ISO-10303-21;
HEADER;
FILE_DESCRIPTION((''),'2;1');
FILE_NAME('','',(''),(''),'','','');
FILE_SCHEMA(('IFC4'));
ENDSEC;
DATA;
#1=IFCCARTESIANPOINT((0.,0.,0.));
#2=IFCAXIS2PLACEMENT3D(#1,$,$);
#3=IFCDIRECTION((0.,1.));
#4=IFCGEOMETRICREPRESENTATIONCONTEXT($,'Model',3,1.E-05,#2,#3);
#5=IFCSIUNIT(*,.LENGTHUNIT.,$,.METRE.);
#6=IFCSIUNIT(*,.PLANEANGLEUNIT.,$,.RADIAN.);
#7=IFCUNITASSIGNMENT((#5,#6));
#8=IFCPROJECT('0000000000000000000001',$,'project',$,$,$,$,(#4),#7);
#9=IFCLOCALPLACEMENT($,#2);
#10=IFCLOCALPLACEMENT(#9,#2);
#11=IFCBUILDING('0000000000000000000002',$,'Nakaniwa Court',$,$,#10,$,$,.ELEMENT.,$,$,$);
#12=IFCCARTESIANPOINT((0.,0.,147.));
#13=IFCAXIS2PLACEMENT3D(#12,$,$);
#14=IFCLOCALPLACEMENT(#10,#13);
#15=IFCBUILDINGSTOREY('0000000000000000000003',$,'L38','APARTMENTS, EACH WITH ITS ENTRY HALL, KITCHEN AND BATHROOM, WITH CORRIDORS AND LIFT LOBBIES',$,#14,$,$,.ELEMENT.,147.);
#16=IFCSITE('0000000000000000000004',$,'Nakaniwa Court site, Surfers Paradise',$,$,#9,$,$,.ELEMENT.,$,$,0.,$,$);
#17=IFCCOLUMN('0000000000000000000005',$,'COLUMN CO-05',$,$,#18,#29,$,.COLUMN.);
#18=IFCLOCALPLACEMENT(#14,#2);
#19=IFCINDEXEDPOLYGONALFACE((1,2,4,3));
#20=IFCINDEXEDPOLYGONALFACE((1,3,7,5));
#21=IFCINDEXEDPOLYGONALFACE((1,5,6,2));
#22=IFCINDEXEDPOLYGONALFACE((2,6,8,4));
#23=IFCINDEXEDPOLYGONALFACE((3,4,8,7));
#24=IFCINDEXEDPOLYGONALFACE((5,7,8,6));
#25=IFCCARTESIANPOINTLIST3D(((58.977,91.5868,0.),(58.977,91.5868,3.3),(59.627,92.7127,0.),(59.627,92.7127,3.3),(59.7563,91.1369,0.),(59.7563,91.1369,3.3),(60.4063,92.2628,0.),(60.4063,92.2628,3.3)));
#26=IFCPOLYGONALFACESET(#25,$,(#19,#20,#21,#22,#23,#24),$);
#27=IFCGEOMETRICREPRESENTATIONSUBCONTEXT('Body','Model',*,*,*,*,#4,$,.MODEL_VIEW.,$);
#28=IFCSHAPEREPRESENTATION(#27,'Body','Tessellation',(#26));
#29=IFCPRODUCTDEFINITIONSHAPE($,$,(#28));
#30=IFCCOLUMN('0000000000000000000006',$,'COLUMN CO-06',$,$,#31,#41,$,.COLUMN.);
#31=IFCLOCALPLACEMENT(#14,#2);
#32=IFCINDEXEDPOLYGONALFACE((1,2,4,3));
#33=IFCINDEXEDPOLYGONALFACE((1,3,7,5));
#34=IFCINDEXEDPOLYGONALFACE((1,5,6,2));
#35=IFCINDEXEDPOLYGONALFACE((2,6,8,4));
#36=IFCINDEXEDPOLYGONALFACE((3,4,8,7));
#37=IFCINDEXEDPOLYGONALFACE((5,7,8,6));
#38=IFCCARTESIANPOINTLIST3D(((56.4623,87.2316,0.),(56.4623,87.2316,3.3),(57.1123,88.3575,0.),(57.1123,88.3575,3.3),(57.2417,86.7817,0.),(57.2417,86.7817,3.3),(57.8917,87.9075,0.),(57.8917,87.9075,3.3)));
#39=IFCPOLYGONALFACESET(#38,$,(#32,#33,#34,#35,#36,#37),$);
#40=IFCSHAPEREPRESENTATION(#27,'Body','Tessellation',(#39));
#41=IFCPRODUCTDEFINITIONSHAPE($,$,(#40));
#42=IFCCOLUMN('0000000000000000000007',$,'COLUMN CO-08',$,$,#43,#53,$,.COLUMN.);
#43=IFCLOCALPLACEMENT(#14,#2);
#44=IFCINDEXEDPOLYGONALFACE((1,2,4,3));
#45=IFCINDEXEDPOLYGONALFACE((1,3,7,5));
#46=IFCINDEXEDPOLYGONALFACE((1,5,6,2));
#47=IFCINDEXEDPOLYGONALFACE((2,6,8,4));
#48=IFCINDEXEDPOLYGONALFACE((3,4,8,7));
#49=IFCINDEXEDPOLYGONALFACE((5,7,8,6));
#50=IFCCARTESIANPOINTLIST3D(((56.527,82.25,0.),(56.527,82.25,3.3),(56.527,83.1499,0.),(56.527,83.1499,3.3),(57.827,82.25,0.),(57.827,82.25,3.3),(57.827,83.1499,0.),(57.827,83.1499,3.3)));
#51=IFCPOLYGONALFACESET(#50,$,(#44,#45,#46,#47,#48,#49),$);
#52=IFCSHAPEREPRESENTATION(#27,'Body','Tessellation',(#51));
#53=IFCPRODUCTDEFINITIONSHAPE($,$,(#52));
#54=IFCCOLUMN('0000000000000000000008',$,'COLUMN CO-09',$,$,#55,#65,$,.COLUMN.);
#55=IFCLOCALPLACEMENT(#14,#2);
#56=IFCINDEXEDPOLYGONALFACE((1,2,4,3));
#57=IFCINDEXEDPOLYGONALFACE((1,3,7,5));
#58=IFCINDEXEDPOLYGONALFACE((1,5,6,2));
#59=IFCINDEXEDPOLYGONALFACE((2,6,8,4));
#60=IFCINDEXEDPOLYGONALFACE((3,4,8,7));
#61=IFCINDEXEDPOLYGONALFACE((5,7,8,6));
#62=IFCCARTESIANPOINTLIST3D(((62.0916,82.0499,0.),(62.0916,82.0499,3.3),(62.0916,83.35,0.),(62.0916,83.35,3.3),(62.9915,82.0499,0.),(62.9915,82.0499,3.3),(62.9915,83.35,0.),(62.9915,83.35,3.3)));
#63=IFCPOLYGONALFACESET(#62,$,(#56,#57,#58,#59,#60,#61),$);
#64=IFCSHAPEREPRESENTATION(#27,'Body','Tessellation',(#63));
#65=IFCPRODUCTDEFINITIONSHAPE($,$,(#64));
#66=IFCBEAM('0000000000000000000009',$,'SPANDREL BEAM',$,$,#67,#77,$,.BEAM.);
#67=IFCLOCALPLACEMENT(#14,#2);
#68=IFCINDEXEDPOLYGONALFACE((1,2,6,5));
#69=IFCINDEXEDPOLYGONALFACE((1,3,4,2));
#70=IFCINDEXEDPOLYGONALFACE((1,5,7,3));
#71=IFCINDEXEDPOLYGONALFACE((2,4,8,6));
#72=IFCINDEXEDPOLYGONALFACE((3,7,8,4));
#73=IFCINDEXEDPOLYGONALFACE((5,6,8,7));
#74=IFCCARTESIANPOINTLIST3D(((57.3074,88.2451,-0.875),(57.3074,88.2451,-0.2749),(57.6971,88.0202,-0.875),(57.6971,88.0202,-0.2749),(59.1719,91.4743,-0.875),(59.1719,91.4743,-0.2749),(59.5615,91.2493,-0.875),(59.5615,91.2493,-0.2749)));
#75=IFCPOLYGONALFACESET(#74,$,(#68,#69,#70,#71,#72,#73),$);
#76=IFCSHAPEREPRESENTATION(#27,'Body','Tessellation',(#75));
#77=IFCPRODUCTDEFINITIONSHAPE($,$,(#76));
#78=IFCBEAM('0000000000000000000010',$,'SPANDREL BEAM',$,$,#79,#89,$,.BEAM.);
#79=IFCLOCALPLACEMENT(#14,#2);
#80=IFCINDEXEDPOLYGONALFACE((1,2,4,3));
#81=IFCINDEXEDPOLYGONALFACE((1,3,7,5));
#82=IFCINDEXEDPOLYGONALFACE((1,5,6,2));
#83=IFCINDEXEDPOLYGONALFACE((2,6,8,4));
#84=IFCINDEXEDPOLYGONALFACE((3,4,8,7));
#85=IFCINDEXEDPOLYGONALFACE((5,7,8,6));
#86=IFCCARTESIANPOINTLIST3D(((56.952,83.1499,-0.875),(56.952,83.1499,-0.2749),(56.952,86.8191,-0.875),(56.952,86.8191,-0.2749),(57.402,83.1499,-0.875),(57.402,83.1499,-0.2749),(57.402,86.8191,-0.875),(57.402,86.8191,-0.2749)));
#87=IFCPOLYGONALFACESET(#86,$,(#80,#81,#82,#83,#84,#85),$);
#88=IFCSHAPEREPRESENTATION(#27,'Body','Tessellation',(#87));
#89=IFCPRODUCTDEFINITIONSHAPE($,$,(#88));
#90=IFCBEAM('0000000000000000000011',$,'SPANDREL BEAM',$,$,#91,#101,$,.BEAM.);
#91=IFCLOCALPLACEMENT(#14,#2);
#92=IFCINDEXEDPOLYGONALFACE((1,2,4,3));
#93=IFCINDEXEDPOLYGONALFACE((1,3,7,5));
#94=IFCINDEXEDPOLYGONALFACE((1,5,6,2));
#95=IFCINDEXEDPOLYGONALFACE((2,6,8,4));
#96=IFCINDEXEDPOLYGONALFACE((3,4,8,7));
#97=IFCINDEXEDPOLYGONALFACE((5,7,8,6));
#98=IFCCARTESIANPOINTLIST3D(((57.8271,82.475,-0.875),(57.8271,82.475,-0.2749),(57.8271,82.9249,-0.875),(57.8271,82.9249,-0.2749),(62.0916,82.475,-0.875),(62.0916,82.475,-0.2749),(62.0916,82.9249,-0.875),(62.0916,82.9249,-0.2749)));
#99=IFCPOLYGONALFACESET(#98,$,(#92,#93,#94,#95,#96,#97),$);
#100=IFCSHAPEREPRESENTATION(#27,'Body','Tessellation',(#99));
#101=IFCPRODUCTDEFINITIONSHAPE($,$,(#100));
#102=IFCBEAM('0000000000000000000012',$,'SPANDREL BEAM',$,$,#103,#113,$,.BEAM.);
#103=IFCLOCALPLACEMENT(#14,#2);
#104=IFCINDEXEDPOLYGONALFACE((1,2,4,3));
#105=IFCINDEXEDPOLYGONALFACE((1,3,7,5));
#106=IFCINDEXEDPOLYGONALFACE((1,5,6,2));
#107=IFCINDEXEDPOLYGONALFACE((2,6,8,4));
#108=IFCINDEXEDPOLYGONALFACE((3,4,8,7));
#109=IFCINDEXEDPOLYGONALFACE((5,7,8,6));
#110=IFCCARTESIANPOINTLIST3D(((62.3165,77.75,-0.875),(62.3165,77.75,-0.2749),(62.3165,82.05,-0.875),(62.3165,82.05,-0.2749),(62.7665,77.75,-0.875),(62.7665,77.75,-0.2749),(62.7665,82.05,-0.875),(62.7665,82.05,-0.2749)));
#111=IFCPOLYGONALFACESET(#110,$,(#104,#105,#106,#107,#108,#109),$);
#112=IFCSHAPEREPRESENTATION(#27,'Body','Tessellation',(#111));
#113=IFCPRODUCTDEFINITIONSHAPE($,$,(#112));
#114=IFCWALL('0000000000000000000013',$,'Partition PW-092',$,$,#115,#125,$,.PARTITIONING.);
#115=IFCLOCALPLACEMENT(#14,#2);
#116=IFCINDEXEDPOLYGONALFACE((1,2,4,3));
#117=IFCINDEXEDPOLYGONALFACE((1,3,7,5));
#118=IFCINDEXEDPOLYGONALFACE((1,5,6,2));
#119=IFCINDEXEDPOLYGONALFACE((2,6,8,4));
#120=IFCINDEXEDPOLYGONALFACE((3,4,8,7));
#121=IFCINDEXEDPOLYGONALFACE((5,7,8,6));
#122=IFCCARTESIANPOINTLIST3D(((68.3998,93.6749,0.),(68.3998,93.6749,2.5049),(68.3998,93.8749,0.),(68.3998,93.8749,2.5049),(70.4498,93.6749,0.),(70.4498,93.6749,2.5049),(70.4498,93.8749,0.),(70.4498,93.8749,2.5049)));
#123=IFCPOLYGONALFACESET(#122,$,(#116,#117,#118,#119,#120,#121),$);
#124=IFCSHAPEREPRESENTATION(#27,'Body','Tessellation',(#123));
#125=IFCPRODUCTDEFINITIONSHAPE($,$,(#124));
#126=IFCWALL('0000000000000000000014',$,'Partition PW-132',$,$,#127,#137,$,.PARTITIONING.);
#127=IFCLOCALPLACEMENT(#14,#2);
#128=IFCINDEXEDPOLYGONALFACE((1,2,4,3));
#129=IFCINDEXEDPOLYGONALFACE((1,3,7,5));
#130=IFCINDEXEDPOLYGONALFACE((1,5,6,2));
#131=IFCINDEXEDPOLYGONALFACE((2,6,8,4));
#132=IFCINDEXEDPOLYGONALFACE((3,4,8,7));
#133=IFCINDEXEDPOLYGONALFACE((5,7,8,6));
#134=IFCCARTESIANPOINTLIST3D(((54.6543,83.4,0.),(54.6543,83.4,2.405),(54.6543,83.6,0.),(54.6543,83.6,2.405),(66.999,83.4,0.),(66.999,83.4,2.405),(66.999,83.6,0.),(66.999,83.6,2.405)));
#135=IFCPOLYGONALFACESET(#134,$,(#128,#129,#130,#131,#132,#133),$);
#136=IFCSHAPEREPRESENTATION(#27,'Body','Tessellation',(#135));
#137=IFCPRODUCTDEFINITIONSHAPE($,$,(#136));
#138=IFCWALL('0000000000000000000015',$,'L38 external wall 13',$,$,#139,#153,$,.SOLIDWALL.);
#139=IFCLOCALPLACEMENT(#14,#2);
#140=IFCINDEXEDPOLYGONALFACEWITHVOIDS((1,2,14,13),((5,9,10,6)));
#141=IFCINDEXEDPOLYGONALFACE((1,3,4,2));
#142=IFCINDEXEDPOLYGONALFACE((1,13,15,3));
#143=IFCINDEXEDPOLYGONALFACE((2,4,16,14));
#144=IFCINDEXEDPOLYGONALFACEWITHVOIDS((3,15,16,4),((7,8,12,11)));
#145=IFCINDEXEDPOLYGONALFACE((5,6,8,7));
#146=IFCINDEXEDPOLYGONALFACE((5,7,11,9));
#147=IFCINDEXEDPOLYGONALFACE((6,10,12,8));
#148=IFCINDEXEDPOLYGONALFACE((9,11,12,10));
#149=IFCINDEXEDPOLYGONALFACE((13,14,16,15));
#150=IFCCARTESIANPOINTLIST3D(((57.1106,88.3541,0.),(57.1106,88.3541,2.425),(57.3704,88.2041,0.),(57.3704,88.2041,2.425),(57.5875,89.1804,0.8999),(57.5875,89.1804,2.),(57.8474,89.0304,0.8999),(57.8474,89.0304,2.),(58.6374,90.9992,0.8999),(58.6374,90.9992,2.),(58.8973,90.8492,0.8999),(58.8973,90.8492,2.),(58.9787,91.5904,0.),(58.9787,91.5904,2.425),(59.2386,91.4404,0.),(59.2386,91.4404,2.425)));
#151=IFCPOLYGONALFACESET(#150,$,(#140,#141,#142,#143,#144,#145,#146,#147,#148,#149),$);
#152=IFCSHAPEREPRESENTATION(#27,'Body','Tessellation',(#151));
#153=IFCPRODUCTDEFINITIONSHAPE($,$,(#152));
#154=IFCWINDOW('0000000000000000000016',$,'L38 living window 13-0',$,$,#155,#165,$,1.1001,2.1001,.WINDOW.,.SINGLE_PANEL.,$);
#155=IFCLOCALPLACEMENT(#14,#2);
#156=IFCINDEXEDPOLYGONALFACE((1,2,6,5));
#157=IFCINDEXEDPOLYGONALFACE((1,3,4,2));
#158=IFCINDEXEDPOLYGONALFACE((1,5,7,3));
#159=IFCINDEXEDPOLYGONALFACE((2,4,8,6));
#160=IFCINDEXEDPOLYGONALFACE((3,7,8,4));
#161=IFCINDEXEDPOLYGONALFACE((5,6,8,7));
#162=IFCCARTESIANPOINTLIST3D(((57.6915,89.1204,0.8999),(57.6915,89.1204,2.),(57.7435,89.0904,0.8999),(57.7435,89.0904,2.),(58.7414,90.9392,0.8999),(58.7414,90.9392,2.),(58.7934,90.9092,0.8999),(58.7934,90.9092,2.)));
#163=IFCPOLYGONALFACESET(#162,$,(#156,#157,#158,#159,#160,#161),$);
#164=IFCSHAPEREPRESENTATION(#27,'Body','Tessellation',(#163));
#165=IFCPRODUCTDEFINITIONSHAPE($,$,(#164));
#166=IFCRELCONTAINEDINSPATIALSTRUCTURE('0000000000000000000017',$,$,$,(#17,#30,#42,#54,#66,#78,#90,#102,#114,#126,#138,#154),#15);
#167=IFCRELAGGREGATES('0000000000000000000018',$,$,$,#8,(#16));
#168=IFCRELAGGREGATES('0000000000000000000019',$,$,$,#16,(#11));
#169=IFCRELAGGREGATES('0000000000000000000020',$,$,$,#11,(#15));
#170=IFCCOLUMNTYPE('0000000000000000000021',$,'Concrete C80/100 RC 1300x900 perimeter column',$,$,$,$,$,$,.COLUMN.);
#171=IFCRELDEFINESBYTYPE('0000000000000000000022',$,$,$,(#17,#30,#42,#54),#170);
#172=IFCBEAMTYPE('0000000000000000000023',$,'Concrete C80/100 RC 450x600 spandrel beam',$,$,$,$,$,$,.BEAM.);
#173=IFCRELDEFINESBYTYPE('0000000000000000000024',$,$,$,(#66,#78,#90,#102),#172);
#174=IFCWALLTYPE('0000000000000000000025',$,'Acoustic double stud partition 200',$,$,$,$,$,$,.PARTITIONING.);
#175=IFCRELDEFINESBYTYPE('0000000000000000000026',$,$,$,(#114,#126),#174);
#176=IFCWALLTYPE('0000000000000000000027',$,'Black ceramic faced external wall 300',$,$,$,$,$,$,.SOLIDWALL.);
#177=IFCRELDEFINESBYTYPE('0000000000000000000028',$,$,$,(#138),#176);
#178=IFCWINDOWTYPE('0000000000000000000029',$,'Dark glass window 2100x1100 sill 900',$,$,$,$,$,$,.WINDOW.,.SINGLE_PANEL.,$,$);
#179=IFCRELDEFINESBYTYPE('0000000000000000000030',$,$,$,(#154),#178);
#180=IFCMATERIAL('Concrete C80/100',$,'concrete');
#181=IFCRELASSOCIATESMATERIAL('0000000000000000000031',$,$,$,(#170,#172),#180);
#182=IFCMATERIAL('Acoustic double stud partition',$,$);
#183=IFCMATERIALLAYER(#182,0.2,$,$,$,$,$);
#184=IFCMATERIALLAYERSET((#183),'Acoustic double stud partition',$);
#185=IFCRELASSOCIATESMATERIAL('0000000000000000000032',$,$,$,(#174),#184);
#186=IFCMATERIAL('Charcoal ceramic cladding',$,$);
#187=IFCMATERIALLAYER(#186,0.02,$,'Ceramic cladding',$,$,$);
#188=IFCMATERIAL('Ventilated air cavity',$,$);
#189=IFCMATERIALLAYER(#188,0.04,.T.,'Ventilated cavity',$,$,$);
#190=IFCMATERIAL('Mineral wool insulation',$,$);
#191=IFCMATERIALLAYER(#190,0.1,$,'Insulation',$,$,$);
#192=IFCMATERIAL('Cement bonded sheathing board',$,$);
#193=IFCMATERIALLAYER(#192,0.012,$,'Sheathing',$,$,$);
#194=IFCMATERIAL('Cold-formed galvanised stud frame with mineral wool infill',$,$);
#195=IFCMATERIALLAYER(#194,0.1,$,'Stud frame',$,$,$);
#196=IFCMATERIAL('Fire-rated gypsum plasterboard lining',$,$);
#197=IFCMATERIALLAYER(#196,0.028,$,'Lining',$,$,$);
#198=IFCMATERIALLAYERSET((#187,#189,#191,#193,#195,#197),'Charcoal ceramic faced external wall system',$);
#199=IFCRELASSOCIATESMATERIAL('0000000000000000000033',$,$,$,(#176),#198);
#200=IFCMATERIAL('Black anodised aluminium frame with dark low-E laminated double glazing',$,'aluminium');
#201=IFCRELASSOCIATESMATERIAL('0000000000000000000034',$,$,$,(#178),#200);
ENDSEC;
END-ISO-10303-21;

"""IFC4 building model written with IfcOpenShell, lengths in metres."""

from ifc_helpers import new_model, si_unit, direction, frame, frame_2d, origin, origin_2d, place, context, subcontext, project, spatial, rectangle, extrude, material, layer, layer_set, material_profile, profile_set, type_object, element, fill, save


model = new_model("IFC4")

# Units and contexts
model_context = context("Model", 3, precision=1e-05, world=origin(), true_north=direction((0.0, 1.0)))
body_context = subcontext(model_context, "Body", "Model", "MODEL_VIEW")
ifc_project = project(units=[si_unit("LENGTHUNIT", "METRE"), si_unit("PLANEANGLEUNIT", "RADIAN")], contexts=[model_context])

# Site, building, storey
site_placement = place(None, origin())
site = spatial("IfcSite", under=ifc_project, at=site_placement, Name="Nakaniwa Court site, Surfers Paradise", CompositionType="ELEMENT", RefElevation=0.0)
building_placement = place(site_placement, origin())
building = spatial("IfcBuilding", under=site, at=building_placement, Name="Nakaniwa Court", CompositionType="ELEMENT")
storey_placement = place(building_placement, frame((0.0, 0.0, 147.0)))
storey = spatial("IfcBuildingStorey", under=building, at=storey_placement, Name="L38", Description="APARTMENTS, EACH WITH ITS ENTRY HALL, KITCHEN AND BATHROOM, WITH CORRIDORS AND LIFT LOBBIES", CompositionType="ELEMENT", Elevation=147.0)

# Columns
ifc_material_1 = material(Name="Concrete C80/100", Category="concrete")
ifc_material_profile_1 = material_profile(ifc_material_1, rectangle(XDim=1.3, YDim=0.8999, at=origin_2d()), Name="Concrete C80/100 RC 1300x900 perimeter column")
ifc_profile_set_1 = profile_set([ifc_material_profile_1], Name="Concrete C80/100")
column_type = type_object("IfcColumnType", Name="Concrete C80/100 RC 1300x900 perimeter column", PredefinedType="COLUMN", material=ifc_profile_set_1)
for number, where, z_axis, x_axis, name in (
    (1, (59.6917, 91.9248, 0.0), (0.0, 0.0, 1.0), (-0.5, -0.866025, 0.0), "COLUMN CO-05"),
    (2, (57.177, 87.5696, 0.0), (0.0, 0.0, 1.0), (-0.5, -0.866025, 0.0), "COLUMN CO-06"),
    (3, (57.177, 82.7, 0.0), (0.0, 0.0, 1.0), (1.0, 0.0, 0.0), "COLUMN CO-08"),
    (4, (62.5415, 82.7, 0.0), (0.0, 0.0, 1.0), (0.0, -1.0, 0.0), "COLUMN CO-09"),
):
    element("IfcColumn", number, at=place(storey_placement, frame(where, z_axis=z_axis, x_axis=x_axis)), inside=storey, type_object=column_type, Name=name, PredefinedType="COLUMN", context=body_context, shape_type="SweptSolid", body=[
        extrude(rectangle(XDim=1.3, YDim=0.8999, at=origin_2d()), origin(), (0.0, 0.0, 1.0), 3.3),
    ])

# Beams
ifc_material_profile_2 = material_profile(ifc_material_1, rectangle(XDim=0.45, YDim=0.6001, at=origin_2d()), Name="Concrete C80/100 RC 450x600 spandrel beam")
ifc_profile_set_2 = profile_set([ifc_material_profile_2], Name="Concrete C80/100")
beam_type = type_object("IfcBeamType", Name="Concrete C80/100 RC 450x600 spandrel beam", PredefinedType="BEAM", material=ifc_profile_set_2)
beam_1_placement = place(storey_placement, frame((59.3667, 91.3618, -0.575), z_axis=(-0.500019, -0.866014, 0.0), x_axis=(0.866014, -0.500019, 0.0)))
element("IfcBeam", 5, at=beam_1_placement, inside=storey, type_object=beam_type, Name="SPANDREL BEAM", PredefinedType="BEAM", context=body_context, shape_type="SweptSolid", body=[
    extrude(rectangle(XDim=0.45, YDim=0.6001, at=origin_2d()), origin(), (0.0, 0.0, 1.0), 3.7288),
])
beam_2_placement = place(storey_placement, frame((57.177, 86.8191, -0.575), z_axis=(0.0, -1.0, 0.0), x_axis=(1.0, 0.0, 0.0)))
element("IfcBeam", 6, at=beam_2_placement, inside=storey, type_object=beam_type, Name="SPANDREL BEAM", PredefinedType="BEAM", context=body_context, shape_type="SweptSolid", body=[
    extrude(rectangle(XDim=0.45, YDim=0.6001, at=origin_2d()), origin(), (0.0, 0.0, 1.0), 3.6692),
])
beam_3_placement = place(storey_placement, frame((57.8271, 82.7, -0.575), z_axis=(1.0, 0.0, 0.0), x_axis=(0.0, 1.0, 0.0)))
element("IfcBeam", 7, at=beam_3_placement, inside=storey, type_object=beam_type, Name="SPANDREL BEAM", PredefinedType="BEAM", context=body_context, shape_type="SweptSolid", body=[
    extrude(rectangle(XDim=0.45, YDim=0.6001, at=origin_2d()), origin(), (0.0, 0.0, 1.0), 4.2644),
])
beam_4_placement = place(storey_placement, frame((62.5415, 82.05, -0.575), z_axis=(0.0, -1.0, 0.0), x_axis=(1.0, 0.0, 0.0)))
element("IfcBeam", 8, at=beam_4_placement, inside=storey, type_object=beam_type, Name="SPANDREL BEAM", PredefinedType="BEAM", context=body_context, shape_type="SweptSolid", body=[
    extrude(rectangle(XDim=0.45, YDim=0.6001, at=origin_2d()), origin(), (0.0, 0.0, 1.0), 4.3),
])

# Walls
ifc_material_2 = material(Name="Acoustic double stud partition")
ifc_layer_1 = layer(ifc_material_2, 0.2)
ifc_layer_set_1 = layer_set([ifc_layer_1], Name="Acoustic double stud partition")
wall_type_1 = type_object("IfcWallType", Name="Acoustic double stud partition 200", PredefinedType="PARTITIONING", material=ifc_layer_set_1)
wall_1_placement = place(storey_placement, frame((68.3999, 93.7749, 0.0), z_axis=(0.0, 0.0, 1.0), x_axis=(1.0, 0.0, 0.0)))
element("IfcWall", 9, at=wall_1_placement, inside=storey, type_object=wall_type_1, Name="Partition PW-092", PredefinedType="PARTITIONING", context=body_context, shape_type="SweptSolid", body=[
    extrude(rectangle(XDim=2.05, YDim=0.2, at=frame_2d((1.0249, 0.0))), origin(), (0.0, 0.0, 1.0), 2.5049),
])
wall_2_placement = place(storey_placement, frame((54.6543, 83.5, 0.0), z_axis=(0.0, 0.0, 1.0), x_axis=(1.0, 0.0, 0.0)))
element("IfcWall", 10, at=wall_2_placement, inside=storey, type_object=wall_type_1, Name="Partition PW-132", PredefinedType="PARTITIONING", context=body_context, shape_type="SweptSolid", body=[
    extrude(rectangle(XDim=12.3447, YDim=0.2, at=frame_2d((6.1724, 0.0))), origin(), (0.0, 0.0, 1.0), 2.405),
])

# Wall, opening, window
ifc_material_3 = material(Name="Charcoal ceramic cladding")
ifc_layer_2 = layer(ifc_material_3, 0.02, Name="Ceramic cladding")
ifc_material_4 = material(Name="Ventilated air cavity")
ifc_layer_3 = layer(ifc_material_4, 0.04, ventilated=True, Name="Ventilated cavity")
ifc_material_5 = material(Name="Mineral wool insulation")
ifc_layer_4 = layer(ifc_material_5, 0.1, Name="Insulation")
ifc_material_6 = material(Name="Cement bonded sheathing board")
ifc_layer_5 = layer(ifc_material_6, 0.012, Name="Sheathing")
ifc_material_7 = material(Name="Cold-formed galvanised stud frame with mineral wool infill")
ifc_layer_6 = layer(ifc_material_7, 0.1, Name="Stud frame")
ifc_material_8 = material(Name="Fire-rated gypsum plasterboard lining")
ifc_layer_7 = layer(ifc_material_8, 0.028, Name="Lining")
ifc_layer_set_2 = layer_set([ifc_layer_2, ifc_layer_3, ifc_layer_4, ifc_layer_5, ifc_layer_6, ifc_layer_7], Name="Charcoal ceramic faced external wall system")
wall_type_2 = type_object("IfcWallType", Name="Black ceramic faced external wall 300", PredefinedType="SOLIDWALL", material=ifc_layer_set_2)
wall_3_placement = place(storey_placement, frame((59.1086, 91.5154, 0.0), z_axis=(0.0, 0.0, 1.0), x_axis=(-0.499934, -0.866064, 0.0)))
wall_3 = element("IfcWall", 11, at=wall_3_placement, inside=storey, type_object=wall_type_2, Name="L38 external wall 13", PredefinedType="SOLIDWALL", context=body_context, shape_type="SweptSolid", body=[
    extrude(rectangle(XDim=3.7368, YDim=0.3, at=frame_2d((1.8684, 0.0))), origin(), (0.0, 0.0, 1.0), 2.425),
])
opening_1_placement = place(wall_3_placement, frame((0.6826, 0.0, 0.8999)))
opening_1 = element("IfcOpeningElement", 12, at=opening_1_placement, cuts=wall_3, PredefinedType="OPENING", context=body_context, shape_type="SweptSolid", body=[
    extrude(rectangle(XDim=2.1001, YDim=1.1001, at=frame_2d((1.05, 0.55))), frame((0.0, 0.1599, 0.0), z_axis=(0.0, -1.0, 0.0), x_axis=(1.0, 0.0, 0.0)), (0.0, 0.0, 1.0), 0.3201),
])
ifc_material_9 = material(Name="Black anodised aluminium frame with dark low-E laminated double glazing", Category="aluminium")
window_type_1 = type_object("IfcWindowType", Name="Dark glass window 2100x1100 sill 900", PartitioningType="SINGLE_PANEL", PredefinedType="WINDOW", material=ifc_material_9)
window_1_placement = place(opening_1_placement, origin())
window_1 = element("IfcWindow", 13, at=window_1_placement, inside=storey, type_object=window_type_1, Name="L38 living window 13-0", OverallHeight=1.1001, OverallWidth=2.1001, PartitioningType="SINGLE_PANEL", PredefinedType="WINDOW", context=body_context, shape_type="SweptSolid", body=[
    extrude(rectangle(XDim=2.1001, YDim=1.1001, at=frame_2d((1.05, 0.55))), frame((0.0, 0.03, 0.0), z_axis=(0.0, -1.0, 0.0), x_axis=(1.0, 0.0, 0.0)), (0.0, 0.0, 1.0), 0.0601),
])
fill(opening_1, window_1)

save(model, "model.ifc")
